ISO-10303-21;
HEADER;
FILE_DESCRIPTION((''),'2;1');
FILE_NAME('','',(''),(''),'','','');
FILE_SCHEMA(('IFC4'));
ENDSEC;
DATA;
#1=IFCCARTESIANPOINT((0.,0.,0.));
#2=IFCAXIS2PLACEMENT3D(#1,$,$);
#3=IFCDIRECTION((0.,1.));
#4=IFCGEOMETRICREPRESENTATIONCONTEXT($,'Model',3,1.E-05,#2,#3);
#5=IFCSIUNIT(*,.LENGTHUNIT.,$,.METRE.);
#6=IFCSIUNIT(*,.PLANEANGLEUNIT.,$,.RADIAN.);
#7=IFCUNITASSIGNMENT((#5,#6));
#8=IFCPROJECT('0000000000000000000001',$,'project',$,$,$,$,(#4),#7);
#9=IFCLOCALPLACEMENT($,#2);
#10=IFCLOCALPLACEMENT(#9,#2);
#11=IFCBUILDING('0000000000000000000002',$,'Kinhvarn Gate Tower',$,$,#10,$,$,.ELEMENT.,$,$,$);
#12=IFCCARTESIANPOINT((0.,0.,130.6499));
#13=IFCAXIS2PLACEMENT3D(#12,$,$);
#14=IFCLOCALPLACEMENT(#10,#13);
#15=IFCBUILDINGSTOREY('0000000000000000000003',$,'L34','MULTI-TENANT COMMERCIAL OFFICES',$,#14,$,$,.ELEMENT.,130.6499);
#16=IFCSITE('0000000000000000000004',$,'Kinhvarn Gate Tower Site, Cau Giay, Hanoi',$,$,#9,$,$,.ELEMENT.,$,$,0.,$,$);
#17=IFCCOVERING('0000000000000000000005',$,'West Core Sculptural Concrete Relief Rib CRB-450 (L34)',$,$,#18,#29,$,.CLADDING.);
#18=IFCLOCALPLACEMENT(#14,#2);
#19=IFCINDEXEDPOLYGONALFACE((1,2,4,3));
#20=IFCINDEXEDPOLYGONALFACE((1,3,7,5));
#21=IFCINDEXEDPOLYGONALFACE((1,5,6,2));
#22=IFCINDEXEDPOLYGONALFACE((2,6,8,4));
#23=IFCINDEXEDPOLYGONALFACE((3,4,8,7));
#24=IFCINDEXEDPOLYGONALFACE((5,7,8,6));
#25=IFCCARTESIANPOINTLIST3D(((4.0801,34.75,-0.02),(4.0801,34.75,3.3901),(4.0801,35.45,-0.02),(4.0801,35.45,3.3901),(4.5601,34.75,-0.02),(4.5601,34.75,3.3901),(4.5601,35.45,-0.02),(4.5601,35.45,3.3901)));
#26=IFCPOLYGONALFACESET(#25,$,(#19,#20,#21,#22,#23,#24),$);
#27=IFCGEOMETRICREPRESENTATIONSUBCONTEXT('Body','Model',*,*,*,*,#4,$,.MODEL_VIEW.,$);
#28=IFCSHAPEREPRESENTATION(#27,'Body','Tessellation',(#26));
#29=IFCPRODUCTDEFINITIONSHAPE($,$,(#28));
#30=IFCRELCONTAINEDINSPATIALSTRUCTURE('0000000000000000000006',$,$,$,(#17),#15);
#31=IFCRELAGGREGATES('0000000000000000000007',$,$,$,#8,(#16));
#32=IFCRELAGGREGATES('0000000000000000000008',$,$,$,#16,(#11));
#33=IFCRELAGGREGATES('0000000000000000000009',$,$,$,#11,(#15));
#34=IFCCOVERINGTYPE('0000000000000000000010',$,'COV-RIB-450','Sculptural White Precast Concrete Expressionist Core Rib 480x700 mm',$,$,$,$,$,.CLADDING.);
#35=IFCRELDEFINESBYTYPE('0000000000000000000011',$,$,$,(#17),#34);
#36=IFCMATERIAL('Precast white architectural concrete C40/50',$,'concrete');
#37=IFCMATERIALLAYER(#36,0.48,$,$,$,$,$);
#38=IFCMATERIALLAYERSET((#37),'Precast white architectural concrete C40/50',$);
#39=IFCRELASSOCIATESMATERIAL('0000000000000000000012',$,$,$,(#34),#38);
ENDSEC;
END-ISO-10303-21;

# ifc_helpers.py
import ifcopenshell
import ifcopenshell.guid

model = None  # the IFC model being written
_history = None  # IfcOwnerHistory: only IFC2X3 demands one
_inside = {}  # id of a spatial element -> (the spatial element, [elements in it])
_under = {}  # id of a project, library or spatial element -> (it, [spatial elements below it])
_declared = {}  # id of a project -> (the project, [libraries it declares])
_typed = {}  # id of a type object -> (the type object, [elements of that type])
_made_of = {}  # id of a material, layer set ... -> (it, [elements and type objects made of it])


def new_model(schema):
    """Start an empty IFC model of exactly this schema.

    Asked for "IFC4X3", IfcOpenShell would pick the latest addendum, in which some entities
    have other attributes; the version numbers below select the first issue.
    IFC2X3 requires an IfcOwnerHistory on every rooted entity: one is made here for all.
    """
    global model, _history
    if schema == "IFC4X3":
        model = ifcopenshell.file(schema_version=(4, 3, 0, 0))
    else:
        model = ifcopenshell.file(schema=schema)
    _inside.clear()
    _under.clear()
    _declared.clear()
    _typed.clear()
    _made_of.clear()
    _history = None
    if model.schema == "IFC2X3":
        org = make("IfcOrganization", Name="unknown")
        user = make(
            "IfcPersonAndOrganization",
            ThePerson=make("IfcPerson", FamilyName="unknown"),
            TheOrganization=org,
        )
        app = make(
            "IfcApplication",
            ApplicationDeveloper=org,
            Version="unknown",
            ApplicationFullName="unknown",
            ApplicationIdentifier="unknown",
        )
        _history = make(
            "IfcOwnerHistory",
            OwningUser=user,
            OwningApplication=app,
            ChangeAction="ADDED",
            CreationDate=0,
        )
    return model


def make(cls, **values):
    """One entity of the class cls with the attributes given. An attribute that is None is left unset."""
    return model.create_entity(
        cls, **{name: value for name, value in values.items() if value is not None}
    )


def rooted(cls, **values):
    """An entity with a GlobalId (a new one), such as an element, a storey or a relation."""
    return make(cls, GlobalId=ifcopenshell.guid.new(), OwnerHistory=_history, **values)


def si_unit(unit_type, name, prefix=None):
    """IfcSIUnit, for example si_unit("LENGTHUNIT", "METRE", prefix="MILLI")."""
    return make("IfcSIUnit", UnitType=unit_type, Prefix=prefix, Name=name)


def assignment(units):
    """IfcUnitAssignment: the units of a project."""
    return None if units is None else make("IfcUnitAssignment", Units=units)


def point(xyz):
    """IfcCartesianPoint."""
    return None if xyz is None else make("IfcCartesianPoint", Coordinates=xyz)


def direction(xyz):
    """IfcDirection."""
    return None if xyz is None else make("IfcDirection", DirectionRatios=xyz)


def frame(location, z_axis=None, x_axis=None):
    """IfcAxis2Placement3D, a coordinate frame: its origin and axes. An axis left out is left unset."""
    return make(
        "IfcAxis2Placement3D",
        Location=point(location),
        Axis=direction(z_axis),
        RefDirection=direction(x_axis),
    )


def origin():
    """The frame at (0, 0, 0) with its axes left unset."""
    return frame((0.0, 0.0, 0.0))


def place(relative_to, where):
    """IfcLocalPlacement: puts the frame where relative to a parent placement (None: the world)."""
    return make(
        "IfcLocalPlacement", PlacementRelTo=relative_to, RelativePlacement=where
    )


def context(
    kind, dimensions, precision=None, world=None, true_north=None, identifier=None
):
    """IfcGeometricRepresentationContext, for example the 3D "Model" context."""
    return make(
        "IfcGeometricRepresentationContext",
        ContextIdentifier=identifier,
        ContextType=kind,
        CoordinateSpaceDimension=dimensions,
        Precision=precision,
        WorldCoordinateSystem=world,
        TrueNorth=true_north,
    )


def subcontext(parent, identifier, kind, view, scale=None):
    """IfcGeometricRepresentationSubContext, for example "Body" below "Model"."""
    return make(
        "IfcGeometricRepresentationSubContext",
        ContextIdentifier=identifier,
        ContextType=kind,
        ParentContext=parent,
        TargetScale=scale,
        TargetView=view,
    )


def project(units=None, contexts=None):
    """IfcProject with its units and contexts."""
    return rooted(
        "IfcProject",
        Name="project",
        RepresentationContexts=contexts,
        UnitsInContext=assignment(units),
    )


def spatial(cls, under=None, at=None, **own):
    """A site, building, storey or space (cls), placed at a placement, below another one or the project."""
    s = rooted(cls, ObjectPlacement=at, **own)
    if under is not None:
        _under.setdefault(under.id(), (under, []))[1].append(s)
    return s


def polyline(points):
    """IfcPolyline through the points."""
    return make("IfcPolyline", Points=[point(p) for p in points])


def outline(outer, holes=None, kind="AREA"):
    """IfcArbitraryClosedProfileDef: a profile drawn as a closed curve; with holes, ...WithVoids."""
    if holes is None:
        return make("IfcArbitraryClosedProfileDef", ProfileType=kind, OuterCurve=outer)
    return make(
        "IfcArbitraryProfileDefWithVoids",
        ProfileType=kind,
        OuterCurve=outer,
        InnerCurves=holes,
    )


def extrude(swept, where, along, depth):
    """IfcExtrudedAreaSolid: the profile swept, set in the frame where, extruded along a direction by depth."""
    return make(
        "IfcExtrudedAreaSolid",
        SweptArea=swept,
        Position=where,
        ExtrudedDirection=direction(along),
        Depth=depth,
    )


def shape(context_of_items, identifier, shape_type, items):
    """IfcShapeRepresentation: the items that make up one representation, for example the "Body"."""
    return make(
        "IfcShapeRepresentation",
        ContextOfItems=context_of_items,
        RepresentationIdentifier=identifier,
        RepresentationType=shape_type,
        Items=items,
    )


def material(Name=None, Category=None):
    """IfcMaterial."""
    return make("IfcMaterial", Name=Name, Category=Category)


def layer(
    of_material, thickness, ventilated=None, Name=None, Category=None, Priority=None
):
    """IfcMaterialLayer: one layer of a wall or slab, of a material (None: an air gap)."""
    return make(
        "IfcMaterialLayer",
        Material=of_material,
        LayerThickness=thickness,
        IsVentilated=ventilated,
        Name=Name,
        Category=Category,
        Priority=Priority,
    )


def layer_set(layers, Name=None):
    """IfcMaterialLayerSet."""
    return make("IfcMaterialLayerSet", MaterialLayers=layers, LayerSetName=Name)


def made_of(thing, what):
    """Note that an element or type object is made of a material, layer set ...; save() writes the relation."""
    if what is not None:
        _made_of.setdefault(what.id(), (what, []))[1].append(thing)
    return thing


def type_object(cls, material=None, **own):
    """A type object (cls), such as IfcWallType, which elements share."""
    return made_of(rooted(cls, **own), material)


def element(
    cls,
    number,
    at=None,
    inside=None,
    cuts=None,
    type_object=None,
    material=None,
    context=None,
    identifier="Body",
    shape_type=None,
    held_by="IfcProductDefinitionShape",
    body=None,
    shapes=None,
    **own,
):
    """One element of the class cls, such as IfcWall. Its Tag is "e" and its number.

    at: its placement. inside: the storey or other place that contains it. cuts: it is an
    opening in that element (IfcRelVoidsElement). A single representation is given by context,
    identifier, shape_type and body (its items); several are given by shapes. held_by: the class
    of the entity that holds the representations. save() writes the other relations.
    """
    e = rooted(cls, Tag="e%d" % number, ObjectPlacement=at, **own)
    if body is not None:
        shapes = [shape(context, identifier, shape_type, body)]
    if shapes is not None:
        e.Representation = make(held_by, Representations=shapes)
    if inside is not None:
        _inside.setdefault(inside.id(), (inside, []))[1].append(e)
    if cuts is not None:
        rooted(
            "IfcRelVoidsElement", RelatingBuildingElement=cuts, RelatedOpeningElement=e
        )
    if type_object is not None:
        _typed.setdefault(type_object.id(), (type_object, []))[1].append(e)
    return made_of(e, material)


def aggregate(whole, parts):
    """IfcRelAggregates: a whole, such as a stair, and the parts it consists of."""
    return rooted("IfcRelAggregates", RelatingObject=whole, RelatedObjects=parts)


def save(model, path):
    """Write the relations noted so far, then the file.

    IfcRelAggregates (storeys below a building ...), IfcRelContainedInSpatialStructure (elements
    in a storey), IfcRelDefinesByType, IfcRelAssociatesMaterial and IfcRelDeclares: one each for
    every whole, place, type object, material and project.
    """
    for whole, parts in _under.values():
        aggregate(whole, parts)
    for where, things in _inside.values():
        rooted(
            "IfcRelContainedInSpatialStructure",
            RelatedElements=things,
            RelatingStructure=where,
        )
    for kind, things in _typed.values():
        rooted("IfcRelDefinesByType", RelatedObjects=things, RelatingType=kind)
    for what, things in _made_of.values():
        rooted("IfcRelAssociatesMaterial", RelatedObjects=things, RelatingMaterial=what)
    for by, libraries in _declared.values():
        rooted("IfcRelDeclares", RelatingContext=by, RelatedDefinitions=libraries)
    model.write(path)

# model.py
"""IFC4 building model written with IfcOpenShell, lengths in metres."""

from ifc_helpers import new_model, si_unit, direction, frame, origin, place, context, subcontext, project, spatial, polyline, outline, extrude, material, layer, layer_set, type_object, element, save


model = new_model("IFC4")

# Units and contexts
model_context = context("Model", 3, precision=1e-05, world=origin(), true_north=direction((0.0, 1.0)))
body_context = subcontext(model_context, "Body", "Model", "MODEL_VIEW")
ifc_project = project(units=[si_unit("LENGTHUNIT", "METRE"), si_unit("PLANEANGLEUNIT", "RADIAN")], contexts=[model_context])

# Site, building, storey
site_placement = place(None, origin())
site = spatial("IfcSite", under=ifc_project, at=site_placement, Name="Kinhvarn Gate Tower Site, Cau Giay, Hanoi", CompositionType="ELEMENT", RefElevation=0.0)
building_placement = place(site_placement, origin())
building = spatial("IfcBuilding", under=site, at=building_placement, Name="Kinhvarn Gate Tower", CompositionType="ELEMENT")
storey_placement = place(building_placement, frame((0.0, 0.0, 130.6499)))
storey = spatial("IfcBuildingStorey", under=building, at=storey_placement, Name="L34", Description="MULTI-TENANT COMMERCIAL OFFICES", CompositionType="ELEMENT", Elevation=130.6499)

# Shared definitions
ifc_material_1 = material(Name="Precast white architectural concrete C40/50", Category="concrete")

# Covering
ifc_layer_1 = layer(ifc_material_1, 0.48)
ifc_layer_set_1 = layer_set([ifc_layer_1], Name="Precast white architectural concrete C40/50")
covering_type_1 = type_object("IfcCoveringType", Name="COV-RIB-450", Description="Sculptural White Precast Concrete Expressionist Core Rib 480x700 mm", PredefinedType="CLADDING", material=ifc_layer_set_1)
covering_1_placement = place(storey_placement, frame((0.0, 0.0, -0.02)))
element("IfcCovering", 1, at=covering_1_placement, inside=storey, type_object=covering_type_1, Name="West Core Sculptural Concrete Relief Rib CRB-450 (L34)", PredefinedType="CLADDING", context=body_context, shape_type="SweptSolid", body=[
    extrude(outline(polyline([(4.0801, 34.75), (4.5601, 34.75), (4.5601, 35.45), (4.0801, 35.45), (4.0801, 34.75)])), origin(), (0.0, 0.0, 1.0), 3.4102),
])

save(model, "model.ifc")
